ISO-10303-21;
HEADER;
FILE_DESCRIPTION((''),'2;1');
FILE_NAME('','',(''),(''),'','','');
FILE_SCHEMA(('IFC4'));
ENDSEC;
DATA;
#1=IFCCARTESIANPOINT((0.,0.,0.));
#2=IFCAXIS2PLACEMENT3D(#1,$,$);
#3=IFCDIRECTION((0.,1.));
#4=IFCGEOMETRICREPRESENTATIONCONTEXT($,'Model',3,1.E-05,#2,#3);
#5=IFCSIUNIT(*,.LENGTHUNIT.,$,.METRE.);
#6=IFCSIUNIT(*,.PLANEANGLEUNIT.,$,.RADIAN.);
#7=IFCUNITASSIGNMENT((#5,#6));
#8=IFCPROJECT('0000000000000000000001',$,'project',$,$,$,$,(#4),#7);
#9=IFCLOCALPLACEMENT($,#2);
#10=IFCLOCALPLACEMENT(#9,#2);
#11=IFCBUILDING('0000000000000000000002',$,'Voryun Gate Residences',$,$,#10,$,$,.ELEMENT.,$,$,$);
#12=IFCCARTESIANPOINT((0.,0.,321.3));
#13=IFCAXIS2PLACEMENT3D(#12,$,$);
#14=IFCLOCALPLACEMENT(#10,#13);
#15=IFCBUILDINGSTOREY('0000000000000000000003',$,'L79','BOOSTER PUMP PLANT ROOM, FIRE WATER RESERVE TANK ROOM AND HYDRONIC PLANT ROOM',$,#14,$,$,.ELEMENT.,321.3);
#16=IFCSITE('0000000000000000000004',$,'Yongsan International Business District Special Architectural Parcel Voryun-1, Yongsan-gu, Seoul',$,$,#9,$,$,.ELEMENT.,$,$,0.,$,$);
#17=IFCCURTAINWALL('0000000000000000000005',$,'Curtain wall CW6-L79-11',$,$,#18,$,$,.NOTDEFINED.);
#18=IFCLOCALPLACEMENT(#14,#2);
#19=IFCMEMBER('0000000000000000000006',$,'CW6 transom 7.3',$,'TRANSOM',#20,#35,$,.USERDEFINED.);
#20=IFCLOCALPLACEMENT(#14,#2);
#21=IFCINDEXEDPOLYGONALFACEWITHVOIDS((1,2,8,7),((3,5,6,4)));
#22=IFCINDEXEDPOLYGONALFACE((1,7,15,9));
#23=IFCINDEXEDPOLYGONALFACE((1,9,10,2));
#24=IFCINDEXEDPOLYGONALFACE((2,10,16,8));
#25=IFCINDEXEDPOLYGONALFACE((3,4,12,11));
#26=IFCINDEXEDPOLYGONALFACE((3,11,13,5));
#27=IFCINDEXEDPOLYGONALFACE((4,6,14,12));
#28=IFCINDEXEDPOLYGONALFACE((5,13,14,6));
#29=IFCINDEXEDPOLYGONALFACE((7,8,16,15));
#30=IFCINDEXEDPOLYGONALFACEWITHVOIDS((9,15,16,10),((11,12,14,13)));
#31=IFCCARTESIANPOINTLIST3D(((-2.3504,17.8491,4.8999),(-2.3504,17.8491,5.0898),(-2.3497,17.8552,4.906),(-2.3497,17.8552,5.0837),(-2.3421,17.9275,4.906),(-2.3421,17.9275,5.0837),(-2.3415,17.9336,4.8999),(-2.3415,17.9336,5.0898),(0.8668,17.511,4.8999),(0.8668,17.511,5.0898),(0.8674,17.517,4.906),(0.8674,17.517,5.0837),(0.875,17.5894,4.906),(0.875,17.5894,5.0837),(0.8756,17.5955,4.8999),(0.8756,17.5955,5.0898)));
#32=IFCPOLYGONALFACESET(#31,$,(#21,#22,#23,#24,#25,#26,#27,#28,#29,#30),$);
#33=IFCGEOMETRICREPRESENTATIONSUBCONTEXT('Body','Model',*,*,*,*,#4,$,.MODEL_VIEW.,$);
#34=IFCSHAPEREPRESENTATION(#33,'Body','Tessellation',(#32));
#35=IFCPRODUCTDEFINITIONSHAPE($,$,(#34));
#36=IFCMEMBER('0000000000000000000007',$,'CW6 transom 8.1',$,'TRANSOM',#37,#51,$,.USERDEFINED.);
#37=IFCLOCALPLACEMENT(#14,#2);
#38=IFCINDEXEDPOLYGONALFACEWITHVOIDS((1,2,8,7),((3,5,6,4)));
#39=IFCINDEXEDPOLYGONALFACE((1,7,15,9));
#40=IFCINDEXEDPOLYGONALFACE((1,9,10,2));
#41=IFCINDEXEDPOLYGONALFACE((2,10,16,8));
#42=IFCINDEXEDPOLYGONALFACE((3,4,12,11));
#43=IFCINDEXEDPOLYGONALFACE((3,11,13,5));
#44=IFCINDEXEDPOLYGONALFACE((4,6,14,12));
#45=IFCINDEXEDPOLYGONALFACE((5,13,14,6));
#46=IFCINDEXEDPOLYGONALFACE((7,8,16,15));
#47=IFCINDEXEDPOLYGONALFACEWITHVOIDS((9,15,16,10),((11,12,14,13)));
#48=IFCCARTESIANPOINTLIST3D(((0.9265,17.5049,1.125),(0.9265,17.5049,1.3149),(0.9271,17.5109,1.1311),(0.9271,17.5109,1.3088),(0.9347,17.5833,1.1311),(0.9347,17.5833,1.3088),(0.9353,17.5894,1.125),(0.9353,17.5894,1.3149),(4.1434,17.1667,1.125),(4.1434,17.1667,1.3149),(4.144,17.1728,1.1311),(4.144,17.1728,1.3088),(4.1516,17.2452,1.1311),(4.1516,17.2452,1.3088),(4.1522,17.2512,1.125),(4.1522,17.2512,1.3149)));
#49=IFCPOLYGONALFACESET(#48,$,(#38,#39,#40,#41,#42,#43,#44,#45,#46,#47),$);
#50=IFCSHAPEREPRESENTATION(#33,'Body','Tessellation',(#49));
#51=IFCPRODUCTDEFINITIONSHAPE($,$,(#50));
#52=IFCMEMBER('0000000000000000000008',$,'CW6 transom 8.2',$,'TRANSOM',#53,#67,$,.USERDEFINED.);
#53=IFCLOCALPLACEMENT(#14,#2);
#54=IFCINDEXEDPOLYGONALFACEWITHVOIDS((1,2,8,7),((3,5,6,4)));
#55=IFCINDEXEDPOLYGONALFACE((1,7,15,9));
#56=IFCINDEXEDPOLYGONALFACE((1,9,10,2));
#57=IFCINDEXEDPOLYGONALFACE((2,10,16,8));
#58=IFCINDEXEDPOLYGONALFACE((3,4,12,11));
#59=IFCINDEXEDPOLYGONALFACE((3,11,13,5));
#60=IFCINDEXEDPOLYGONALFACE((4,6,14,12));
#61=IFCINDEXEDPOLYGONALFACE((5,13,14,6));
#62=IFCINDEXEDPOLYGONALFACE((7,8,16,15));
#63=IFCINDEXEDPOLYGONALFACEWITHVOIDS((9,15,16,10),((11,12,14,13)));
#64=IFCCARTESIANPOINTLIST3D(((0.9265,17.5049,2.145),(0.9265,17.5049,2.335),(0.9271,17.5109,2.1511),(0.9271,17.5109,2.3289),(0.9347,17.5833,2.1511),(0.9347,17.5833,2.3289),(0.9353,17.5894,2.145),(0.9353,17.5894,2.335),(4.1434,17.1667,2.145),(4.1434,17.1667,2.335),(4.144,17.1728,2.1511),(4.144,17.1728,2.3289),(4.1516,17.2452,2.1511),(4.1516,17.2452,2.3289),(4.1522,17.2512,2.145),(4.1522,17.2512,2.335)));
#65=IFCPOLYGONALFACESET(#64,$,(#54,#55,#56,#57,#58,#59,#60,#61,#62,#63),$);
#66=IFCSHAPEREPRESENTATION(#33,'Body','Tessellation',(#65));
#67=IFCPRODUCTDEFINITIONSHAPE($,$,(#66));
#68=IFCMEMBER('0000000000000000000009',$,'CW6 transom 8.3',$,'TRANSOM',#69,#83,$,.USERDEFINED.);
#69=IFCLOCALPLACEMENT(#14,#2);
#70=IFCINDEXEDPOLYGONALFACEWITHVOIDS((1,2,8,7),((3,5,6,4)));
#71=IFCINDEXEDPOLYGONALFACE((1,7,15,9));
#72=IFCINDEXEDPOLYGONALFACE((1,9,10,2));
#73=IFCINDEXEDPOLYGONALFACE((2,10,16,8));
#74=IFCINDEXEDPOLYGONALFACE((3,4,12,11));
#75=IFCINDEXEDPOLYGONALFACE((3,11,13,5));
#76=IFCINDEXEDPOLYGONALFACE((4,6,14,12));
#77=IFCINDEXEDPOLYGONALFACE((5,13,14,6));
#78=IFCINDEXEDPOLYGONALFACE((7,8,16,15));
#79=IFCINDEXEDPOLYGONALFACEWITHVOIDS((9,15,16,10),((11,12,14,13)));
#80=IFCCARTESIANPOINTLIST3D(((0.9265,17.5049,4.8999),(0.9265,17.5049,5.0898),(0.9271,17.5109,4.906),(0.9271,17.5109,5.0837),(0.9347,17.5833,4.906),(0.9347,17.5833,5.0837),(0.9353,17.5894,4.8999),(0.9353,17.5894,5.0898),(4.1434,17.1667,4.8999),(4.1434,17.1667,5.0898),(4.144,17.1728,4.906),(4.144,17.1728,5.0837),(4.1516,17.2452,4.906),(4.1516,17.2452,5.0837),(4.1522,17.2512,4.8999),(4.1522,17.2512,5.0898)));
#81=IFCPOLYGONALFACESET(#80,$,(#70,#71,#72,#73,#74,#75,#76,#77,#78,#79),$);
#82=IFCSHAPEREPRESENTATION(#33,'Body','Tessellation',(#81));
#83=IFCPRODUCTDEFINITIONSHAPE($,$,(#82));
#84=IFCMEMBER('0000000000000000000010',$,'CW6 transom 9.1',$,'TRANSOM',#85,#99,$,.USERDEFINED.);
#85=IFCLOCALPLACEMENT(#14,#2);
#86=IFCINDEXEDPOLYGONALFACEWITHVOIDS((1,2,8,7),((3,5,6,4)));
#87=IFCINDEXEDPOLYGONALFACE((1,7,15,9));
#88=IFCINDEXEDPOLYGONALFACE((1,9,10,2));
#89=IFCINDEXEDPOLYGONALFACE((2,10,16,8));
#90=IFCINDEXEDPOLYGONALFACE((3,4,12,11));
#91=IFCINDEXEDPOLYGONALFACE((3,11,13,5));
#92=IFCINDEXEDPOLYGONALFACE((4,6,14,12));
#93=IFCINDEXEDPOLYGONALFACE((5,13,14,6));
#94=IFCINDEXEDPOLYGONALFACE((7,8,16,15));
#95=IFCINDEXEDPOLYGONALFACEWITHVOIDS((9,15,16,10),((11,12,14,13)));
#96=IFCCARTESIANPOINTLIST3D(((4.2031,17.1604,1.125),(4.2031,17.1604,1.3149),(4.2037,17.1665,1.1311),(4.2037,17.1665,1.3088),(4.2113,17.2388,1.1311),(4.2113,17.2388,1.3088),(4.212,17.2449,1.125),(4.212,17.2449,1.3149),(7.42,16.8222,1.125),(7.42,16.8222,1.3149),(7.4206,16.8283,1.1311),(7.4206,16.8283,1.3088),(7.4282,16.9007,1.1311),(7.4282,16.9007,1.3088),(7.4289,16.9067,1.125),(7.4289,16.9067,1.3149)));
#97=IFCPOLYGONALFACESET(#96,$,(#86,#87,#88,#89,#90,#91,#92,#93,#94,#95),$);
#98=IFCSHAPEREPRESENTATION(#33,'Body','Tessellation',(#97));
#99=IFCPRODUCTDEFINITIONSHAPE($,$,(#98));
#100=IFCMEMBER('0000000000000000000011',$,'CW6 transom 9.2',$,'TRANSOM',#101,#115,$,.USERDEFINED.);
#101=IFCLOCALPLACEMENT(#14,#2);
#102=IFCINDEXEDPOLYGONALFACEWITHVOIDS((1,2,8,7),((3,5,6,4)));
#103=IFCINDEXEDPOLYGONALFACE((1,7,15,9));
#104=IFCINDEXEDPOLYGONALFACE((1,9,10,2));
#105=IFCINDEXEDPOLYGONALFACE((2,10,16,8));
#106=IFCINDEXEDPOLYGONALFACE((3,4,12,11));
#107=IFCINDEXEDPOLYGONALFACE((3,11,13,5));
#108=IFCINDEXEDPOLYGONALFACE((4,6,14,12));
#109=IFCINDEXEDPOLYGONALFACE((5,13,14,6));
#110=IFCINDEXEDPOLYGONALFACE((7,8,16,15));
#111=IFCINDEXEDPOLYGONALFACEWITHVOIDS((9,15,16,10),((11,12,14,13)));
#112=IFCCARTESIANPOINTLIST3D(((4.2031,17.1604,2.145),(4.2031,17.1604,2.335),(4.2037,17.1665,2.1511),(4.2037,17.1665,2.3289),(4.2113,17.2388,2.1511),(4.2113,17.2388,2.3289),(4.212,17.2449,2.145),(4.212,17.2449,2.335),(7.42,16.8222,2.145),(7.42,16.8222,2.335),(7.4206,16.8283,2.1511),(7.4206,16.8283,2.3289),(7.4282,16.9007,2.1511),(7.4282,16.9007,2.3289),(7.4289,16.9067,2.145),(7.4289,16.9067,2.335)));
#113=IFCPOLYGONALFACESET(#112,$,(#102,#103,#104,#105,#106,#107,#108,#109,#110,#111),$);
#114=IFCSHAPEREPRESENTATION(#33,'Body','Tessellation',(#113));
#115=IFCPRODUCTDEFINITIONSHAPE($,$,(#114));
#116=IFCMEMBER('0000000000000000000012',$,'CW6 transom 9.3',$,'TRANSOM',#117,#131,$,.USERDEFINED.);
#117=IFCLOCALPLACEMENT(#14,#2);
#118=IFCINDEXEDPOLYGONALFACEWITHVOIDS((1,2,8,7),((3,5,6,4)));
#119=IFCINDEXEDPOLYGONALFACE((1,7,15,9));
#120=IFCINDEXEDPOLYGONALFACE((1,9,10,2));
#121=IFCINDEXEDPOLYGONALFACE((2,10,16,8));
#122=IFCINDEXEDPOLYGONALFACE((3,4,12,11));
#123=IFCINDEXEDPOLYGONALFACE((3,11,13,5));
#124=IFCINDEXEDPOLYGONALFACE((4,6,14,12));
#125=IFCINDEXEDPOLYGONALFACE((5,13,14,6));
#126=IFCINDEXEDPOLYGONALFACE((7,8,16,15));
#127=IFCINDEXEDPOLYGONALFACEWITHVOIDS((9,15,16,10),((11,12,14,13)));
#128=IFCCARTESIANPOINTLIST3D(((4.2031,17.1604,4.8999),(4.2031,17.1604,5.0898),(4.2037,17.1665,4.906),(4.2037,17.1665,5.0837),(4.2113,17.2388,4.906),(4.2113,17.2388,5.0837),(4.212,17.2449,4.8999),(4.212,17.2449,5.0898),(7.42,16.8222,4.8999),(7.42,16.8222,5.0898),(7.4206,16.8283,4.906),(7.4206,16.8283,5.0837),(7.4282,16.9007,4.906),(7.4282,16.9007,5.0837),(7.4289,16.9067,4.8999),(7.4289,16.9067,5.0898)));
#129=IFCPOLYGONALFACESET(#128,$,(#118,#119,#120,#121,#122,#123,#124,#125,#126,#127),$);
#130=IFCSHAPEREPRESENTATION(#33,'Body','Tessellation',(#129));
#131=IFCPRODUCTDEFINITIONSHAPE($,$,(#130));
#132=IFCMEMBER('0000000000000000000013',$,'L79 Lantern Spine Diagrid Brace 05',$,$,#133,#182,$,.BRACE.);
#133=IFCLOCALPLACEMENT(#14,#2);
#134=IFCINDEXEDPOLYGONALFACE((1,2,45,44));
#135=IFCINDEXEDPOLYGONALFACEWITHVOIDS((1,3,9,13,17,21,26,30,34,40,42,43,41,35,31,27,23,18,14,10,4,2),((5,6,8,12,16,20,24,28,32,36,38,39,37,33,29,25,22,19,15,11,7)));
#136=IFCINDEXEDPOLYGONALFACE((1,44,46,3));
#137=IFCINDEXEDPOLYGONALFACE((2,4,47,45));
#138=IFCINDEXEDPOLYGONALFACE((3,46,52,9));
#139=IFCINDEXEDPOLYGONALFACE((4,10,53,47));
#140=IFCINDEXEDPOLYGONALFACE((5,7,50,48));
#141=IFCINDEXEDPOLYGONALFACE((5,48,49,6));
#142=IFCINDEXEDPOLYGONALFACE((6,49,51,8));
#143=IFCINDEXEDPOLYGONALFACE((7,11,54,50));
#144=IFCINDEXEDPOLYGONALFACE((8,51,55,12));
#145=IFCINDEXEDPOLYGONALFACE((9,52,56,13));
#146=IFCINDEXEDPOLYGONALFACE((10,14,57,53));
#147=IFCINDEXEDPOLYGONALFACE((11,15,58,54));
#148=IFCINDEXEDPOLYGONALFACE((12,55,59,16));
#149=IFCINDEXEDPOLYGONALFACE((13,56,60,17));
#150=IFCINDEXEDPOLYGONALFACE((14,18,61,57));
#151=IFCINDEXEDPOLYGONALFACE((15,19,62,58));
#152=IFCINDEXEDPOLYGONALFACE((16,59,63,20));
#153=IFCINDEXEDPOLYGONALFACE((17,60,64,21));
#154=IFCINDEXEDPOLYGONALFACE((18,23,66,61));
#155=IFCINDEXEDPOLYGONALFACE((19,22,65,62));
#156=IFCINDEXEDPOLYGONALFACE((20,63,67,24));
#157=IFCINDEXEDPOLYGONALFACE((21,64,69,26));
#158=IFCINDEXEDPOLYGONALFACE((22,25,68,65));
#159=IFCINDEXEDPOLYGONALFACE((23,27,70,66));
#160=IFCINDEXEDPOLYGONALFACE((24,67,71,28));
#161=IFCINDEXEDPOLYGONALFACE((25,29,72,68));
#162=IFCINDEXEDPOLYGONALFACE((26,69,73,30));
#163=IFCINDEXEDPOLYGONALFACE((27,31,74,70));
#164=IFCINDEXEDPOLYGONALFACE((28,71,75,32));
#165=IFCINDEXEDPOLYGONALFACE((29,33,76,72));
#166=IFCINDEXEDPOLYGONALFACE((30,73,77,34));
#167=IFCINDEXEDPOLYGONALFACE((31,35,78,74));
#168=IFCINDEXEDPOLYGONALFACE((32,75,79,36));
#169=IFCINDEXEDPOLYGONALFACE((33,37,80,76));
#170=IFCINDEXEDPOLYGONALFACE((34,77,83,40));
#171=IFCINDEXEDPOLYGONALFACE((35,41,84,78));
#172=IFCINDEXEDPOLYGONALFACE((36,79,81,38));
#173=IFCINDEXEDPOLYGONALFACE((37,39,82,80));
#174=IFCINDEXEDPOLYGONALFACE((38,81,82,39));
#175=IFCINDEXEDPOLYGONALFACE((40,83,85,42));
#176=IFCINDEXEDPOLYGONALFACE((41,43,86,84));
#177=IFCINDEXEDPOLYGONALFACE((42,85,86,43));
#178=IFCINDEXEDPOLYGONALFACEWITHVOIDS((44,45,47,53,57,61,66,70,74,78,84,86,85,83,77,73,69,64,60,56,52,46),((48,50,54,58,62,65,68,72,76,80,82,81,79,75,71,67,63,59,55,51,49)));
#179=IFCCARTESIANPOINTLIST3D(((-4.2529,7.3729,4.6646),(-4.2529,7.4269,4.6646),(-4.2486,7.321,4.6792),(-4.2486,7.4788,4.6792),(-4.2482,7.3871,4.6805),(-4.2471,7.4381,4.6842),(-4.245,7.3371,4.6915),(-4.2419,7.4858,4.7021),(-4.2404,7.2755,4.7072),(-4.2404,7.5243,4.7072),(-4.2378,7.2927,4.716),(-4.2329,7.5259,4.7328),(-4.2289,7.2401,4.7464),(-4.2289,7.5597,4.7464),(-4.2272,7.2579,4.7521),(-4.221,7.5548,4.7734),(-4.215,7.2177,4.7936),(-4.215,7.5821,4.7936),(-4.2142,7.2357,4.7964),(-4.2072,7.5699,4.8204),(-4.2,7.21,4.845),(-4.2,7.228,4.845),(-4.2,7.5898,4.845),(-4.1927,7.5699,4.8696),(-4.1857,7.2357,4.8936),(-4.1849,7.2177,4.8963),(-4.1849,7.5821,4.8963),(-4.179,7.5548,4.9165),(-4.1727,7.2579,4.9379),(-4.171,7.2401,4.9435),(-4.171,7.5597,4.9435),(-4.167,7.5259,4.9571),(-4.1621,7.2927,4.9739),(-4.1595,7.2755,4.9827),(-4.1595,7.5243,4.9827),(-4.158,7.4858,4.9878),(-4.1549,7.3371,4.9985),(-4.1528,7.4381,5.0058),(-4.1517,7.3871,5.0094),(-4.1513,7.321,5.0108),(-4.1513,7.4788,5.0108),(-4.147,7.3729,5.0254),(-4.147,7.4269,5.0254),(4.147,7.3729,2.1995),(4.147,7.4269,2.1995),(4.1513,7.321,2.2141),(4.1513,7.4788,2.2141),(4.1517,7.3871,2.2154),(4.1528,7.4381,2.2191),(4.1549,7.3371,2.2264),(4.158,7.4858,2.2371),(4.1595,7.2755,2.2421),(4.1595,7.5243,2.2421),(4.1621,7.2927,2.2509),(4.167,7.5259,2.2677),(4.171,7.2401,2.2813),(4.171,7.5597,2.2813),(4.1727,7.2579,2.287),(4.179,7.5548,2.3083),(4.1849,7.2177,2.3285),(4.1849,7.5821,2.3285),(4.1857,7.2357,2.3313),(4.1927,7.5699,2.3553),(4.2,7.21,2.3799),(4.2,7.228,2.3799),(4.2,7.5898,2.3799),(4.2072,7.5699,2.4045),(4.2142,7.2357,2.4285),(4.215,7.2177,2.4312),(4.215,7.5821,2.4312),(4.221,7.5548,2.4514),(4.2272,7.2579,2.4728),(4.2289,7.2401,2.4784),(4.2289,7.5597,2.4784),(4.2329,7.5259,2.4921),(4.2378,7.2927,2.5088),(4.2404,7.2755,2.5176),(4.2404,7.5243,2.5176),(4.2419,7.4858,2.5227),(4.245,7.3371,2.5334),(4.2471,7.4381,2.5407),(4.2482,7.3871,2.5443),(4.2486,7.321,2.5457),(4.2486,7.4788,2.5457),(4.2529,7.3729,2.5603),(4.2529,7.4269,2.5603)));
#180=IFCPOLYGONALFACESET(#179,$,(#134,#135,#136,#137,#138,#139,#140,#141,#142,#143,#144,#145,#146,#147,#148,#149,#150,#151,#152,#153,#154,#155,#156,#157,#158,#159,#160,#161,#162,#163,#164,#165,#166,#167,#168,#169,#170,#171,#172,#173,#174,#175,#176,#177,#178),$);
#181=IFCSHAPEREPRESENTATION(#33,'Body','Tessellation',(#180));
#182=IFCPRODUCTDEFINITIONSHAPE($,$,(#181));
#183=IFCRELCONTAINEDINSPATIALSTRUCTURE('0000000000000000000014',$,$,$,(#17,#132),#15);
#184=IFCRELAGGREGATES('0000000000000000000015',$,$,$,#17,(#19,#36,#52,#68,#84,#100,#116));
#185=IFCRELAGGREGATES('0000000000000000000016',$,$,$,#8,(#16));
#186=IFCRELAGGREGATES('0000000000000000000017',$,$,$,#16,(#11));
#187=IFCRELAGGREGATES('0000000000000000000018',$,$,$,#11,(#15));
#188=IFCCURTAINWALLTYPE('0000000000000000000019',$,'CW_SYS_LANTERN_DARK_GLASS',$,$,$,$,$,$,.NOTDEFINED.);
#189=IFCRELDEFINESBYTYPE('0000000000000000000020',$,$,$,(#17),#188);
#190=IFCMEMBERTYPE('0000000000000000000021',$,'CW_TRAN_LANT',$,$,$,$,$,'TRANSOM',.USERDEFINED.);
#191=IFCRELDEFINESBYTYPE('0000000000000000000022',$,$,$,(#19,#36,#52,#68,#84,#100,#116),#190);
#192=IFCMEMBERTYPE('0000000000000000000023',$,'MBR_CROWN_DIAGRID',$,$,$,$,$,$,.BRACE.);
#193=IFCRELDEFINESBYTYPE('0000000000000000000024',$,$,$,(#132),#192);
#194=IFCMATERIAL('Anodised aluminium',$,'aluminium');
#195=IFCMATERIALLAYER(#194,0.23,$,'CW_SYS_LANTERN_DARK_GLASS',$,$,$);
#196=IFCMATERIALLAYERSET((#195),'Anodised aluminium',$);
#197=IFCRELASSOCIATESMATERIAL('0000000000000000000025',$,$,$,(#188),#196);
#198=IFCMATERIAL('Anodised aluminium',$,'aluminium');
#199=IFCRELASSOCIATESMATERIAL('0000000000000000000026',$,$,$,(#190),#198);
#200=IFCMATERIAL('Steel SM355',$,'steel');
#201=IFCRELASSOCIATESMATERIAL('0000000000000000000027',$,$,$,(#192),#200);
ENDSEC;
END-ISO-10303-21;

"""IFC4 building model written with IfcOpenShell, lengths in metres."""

from ifc_helpers import new_model, si_unit, direction, frame, origin, origin_2d, place, context, subcontext, project, spatial, hollow_rectangle, hollow_circle, extrude, material, layer, layer_set, material_profile, profile_set, type_object, element, aggregate, save


model = new_model("IFC4")

# Units and contexts
model_context = context("Model", 3, precision=1e-05, world=origin(), true_north=direction((0.0, 1.0)))
body_context = subcontext(model_context, "Body", "Model", "MODEL_VIEW")
ifc_project = project(units=[si_unit("LENGTHUNIT", "METRE"), si_unit("PLANEANGLEUNIT", "RADIAN")], contexts=[model_context])

# Site, building, storey
site_placement = place(None, origin())
site = spatial("IfcSite", under=ifc_project, at=site_placement, Name="Yongsan International Business District Special Architectural Parcel Voryun-1, Yongsan-gu, Seoul", CompositionType="ELEMENT", RefElevation=0.0)
building_placement = place(site_placement, origin())
building = spatial("IfcBuilding", under=site, at=building_placement, Name="Voryun Gate Residences", CompositionType="ELEMENT")
storey_placement = place(building_placement, frame((0.0, 0.0, 321.3)))
storey = spatial("IfcBuildingStorey", under=building, at=storey_placement, Name="L79", Description="BOOSTER PUMP PLANT ROOM, FIRE WATER RESERVE TANK ROOM AND HYDRONIC PLANT ROOM", CompositionType="ELEMENT", Elevation=321.3)

# Curtain wall, members
ifc_material_1 = material(Name="Anodised aluminium", Category="aluminium")
ifc_layer_1 = layer(ifc_material_1, 0.23, Name="CW_SYS_LANTERN_DARK_GLASS")
ifc_layer_set_1 = layer_set([ifc_layer_1], Name="Anodised aluminium")
curtain_wall_type = type_object("IfcCurtainWallType", Name="CW_SYS_LANTERN_DARK_GLASS", PredefinedType="NOTDEFINED", material=ifc_layer_set_1)
curtain_wall_placement = place(storey_placement, origin())
curtain_wall = element("IfcCurtainWall", 1, at=curtain_wall_placement, inside=storey, type_object=curtain_wall_type, Name="Curtain wall CW6-L79-11", PredefinedType="NOTDEFINED")
ifc_material_2 = material(Name="Anodised aluminium", Category="aluminium")
ifc_material_profile_1 = material_profile(ifc_material_2, hollow_rectangle(XDim=0.085, YDim=0.1899, WallThickness=0.0061, at=origin_2d()), Name="ALU-TRAN-190x85x6")
ifc_profile_set_1 = profile_set([ifc_material_profile_1], Name="Anodised aluminium")
member_type_1 = type_object("IfcMemberType", Name="CW_TRAN_LANT", ElementType="TRANSOM", PredefinedType="USERDEFINED", material=ifc_profile_set_1)
member_1_placement = place(storey_placement, frame((-2.3459, 17.8914, 4.9949), z_axis=(0.994522, -0.104532, 0.0), x_axis=(0.104532, 0.994522, 0.0)))
member_1 = element("IfcMember", 2, at=member_1_placement, type_object=member_type_1, Name="CW6 transom 7.3", ObjectType="TRANSOM", PredefinedType="USERDEFINED", context=body_context, shape_type="SweptSolid", body=[
    extrude(hollow_rectangle(XDim=0.085, YDim=0.1899, WallThickness=0.0061, at=origin_2d()), origin(), (0.0, 0.0, 1.0), 3.2349),
])
member_2_placement = place(storey_placement, frame((0.9309, 17.5471, 1.22), z_axis=(0.994521, -0.104539, 0.0), x_axis=(0.104539, 0.994521, 0.0)))
member_2 = element("IfcMember", 3, at=member_2_placement, type_object=member_type_1, Name="CW6 transom 8.1", ObjectType="TRANSOM", PredefinedType="USERDEFINED", context=body_context, shape_type="SweptSolid", body=[
    extrude(hollow_rectangle(XDim=0.085, YDim=0.1899, WallThickness=0.0061, at=origin_2d()), origin(), (0.0, 0.0, 1.0), 3.2346),
])
member_3_placement = place(storey_placement, frame((0.9309, 17.5471, 2.24), z_axis=(0.994521, -0.104539, 0.0), x_axis=(0.104539, 0.994521, 0.0)))
member_3 = element("IfcMember", 4, at=member_3_placement, type_object=member_type_1, Name="CW6 transom 8.2", ObjectType="TRANSOM", PredefinedType="USERDEFINED", context=body_context, shape_type="SweptSolid", body=[
    extrude(hollow_rectangle(XDim=0.085, YDim=0.1899, WallThickness=0.0061, at=origin_2d()), origin(), (0.0, 0.0, 1.0), 3.2346),
])
member_4_placement = place(storey_placement, frame((0.9309, 17.5471, 4.9949), z_axis=(0.994521, -0.104539, 0.0), x_axis=(0.104539, 0.994521, 0.0)))
member_4 = element("IfcMember", 5, at=member_4_placement, type_object=member_type_1, Name="CW6 transom 8.3", ObjectType="TRANSOM", PredefinedType="USERDEFINED", context=body_context, shape_type="SweptSolid", body=[
    extrude(hollow_rectangle(XDim=0.085, YDim=0.1899, WallThickness=0.0061, at=origin_2d()), origin(), (0.0, 0.0, 1.0), 3.2346),
])
member_5_placement = place(storey_placement, frame((4.2075, 17.2026, 1.22), z_axis=(0.994521, -0.104539, 0.0), x_axis=(0.104539, 0.994521, 0.0)))
member_5 = element("IfcMember", 6, at=member_5_placement, type_object=member_type_1, Name="CW6 transom 9.1", ObjectType="TRANSOM", PredefinedType="USERDEFINED", context=body_context, shape_type="SweptSolid", body=[
    extrude(hollow_rectangle(XDim=0.085, YDim=0.1899, WallThickness=0.0061, at=origin_2d()), origin(), (0.0, 0.0, 1.0), 3.2346),
])
member_6_placement = place(storey_placement, frame((4.2075, 17.2026, 2.24), z_axis=(0.994521, -0.104539, 0.0), x_axis=(0.104539, 0.994521, 0.0)))
member_6 = element("IfcMember", 7, at=member_6_placement, type_object=member_type_1, Name="CW6 transom 9.2", ObjectType="TRANSOM", PredefinedType="USERDEFINED", context=body_context, shape_type="SweptSolid", body=[
    extrude(hollow_rectangle(XDim=0.085, YDim=0.1899, WallThickness=0.0061, at=origin_2d()), origin(), (0.0, 0.0, 1.0), 3.2346),
])
member_7_placement = place(storey_placement, frame((4.2075, 17.2026, 4.9949), z_axis=(0.994521, -0.104539, 0.0), x_axis=(0.104539, 0.994521, 0.0)))
member_7 = element("IfcMember", 8, at=member_7_placement, type_object=member_type_1, Name="CW6 transom 9.3", ObjectType="TRANSOM", PredefinedType="USERDEFINED", context=body_context, shape_type="SweptSolid", body=[
    extrude(hollow_rectangle(XDim=0.085, YDim=0.1899, WallThickness=0.0061, at=origin_2d()), origin(), (0.0, 0.0, 1.0), 3.2346),
])

# Member
ifc_material_3 = material(Name="Steel SM355", Category="steel")
ifc_material_profile_2 = material_profile(ifc_material_3, hollow_circle(Radius=0.1899, WallThickness=0.0181, at=origin_2d()), Name="CHS-380x18")
ifc_profile_set_2 = profile_set([ifc_material_profile_2], Name="Steel SM355")
member_type_2 = type_object("IfcMemberType", Name="MBR_CROWN_DIAGRID", PredefinedType="BRACE", material=ifc_profile_set_2)
member_8_placement = place(storey_placement, frame((4.2, 7.3999, 2.3799), z_axis=(-0.959535, 0.0, 0.281591), x_axis=(0.0, -1.0, 0.0)))
element("IfcMember", 9, at=member_8_placement, inside=storey, type_object=member_type_2, Name="L79 Lantern Spine Diagrid Brace 05", PredefinedType="BRACE", context=body_context, shape_type="SweptSolid", body=[
    extrude(hollow_circle(Radius=0.1899, WallThickness=0.0181, at=origin_2d()), origin(), (0.0, 0.0, 1.0), 8.7542),
])

aggregate(curtain_wall, [member_1, member_2, member_3, member_4, member_5, member_6, member_7])

save(model, "model.ifc")
